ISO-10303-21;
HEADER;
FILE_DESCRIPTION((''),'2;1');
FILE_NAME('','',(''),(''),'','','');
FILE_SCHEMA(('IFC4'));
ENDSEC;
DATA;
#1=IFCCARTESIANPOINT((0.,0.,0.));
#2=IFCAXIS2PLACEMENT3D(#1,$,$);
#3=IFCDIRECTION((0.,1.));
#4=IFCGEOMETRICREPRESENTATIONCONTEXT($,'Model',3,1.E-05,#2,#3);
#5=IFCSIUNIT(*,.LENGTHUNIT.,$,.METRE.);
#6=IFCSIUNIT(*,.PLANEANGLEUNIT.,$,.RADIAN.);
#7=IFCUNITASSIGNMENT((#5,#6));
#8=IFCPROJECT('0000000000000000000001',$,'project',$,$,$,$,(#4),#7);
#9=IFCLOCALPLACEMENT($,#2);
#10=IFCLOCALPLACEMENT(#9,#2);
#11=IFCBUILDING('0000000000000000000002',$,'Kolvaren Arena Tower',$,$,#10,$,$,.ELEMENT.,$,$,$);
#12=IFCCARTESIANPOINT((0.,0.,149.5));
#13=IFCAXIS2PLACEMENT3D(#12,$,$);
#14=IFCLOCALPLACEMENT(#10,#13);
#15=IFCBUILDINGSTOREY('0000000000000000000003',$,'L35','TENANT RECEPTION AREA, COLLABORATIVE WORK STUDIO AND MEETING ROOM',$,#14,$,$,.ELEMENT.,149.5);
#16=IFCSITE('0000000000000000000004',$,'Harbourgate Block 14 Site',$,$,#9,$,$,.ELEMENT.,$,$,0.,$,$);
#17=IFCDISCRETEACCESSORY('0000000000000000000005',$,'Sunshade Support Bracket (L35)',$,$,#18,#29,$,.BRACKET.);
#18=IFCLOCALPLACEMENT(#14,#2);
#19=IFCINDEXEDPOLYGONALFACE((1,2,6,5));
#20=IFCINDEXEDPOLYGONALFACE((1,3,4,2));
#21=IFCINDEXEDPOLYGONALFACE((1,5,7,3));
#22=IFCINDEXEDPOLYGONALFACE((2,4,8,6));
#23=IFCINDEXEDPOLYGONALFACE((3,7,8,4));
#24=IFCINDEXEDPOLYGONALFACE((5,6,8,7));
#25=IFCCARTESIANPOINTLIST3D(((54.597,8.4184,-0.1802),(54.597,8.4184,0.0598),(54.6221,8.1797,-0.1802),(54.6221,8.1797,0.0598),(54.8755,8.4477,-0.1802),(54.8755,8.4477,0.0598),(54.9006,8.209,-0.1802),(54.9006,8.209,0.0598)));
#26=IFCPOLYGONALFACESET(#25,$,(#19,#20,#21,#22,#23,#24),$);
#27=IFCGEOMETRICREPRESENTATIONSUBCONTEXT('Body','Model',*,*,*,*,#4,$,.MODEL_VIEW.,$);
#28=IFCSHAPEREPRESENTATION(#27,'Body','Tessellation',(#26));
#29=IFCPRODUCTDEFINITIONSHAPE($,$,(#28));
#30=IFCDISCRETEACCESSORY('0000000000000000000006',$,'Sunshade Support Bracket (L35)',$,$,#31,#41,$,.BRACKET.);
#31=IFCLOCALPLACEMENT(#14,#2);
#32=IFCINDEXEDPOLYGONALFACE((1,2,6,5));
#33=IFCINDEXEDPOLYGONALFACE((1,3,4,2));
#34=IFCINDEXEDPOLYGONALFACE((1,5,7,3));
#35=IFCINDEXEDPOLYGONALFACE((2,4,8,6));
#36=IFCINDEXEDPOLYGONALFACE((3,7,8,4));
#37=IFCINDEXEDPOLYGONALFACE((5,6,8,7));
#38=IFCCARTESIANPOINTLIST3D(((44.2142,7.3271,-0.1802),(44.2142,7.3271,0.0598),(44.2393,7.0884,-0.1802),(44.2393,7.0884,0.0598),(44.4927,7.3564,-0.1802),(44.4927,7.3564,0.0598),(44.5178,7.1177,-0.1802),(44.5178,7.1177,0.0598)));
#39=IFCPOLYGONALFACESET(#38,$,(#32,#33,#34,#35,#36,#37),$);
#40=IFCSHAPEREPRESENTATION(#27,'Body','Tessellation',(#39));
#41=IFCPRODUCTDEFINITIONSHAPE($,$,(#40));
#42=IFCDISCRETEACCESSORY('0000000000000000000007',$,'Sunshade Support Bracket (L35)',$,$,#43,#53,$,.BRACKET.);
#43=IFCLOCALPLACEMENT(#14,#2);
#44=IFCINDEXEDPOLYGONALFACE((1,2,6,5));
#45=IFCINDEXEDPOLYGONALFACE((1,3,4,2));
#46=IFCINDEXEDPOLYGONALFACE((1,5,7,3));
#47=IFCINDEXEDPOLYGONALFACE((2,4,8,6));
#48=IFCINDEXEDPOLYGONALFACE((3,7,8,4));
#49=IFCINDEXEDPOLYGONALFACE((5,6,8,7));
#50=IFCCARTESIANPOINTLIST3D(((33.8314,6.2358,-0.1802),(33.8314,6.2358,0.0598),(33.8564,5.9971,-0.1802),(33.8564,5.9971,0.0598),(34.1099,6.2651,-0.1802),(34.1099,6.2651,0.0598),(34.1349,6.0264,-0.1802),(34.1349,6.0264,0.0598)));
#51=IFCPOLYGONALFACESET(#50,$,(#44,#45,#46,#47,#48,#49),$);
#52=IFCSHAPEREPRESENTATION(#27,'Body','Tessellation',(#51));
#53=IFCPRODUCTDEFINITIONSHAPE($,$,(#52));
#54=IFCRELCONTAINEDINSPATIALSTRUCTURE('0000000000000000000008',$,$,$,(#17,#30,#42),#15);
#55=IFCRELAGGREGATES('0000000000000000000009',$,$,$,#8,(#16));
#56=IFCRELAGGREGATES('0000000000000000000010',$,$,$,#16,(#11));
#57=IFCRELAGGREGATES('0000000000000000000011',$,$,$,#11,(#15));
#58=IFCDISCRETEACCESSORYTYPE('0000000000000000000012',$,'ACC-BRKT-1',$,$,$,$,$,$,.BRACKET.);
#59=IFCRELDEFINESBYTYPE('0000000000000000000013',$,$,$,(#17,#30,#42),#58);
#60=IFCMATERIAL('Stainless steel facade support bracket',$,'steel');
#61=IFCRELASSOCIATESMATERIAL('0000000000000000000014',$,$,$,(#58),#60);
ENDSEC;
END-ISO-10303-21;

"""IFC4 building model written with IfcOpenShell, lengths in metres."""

from ifc_helpers import new_model, si_unit, direction, frame, origin, origin_2d, place, context, subcontext, project, spatial, rectangle, extrude, material, type_object, element, save


model = new_model("IFC4")

# Units and contexts
model_context = context("Model", 3, precision=1e-05, world=origin(), true_north=direction((0.0, 1.0)))
body_context = subcontext(model_context, "Body", "Model", "MODEL_VIEW")
ifc_project = project(units=[si_unit("LENGTHUNIT", "METRE"), si_unit("PLANEANGLEUNIT", "RADIAN")], contexts=[model_context])

# Site, building, storey
site_placement = place(None, origin())
site = spatial("IfcSite", under=ifc_project, at=site_placement, Name="Harbourgate Block 14 Site", CompositionType="ELEMENT", RefElevation=0.0)
building_placement = place(site_placement, origin())
building = spatial("IfcBuilding", under=site, at=building_placement, Name="Kolvaren Arena Tower", CompositionType="ELEMENT")
storey_placement = place(building_placement, frame((0.0, 0.0, 149.5)))
storey = spatial("IfcBuildingStorey", under=building, at=storey_placement, Name="L35", Description="TENANT RECEPTION AREA, COLLABORATIVE WORK STUDIO AND MEETING ROOM", CompositionType="ELEMENT", Elevation=149.5)

# Discrete accessories
ifc_material_1 = material(Name="Stainless steel facade support bracket", Category="steel")
discrete_accessory_type = type_object("IfcDiscreteAccessoryType", Name="ACC-BRKT-1", PredefinedType="BRACKET", material=ifc_material_1)
for number, where, z_axis, x_axis, name in (
    (1, (54.7488, 8.3137, -0.1802), (0.0, 0.0, 1.0), (-0.994522, -0.104527, 0.0), "Sunshade Support Bracket (L35)"),
    (2, (44.366, 7.2224, -0.1802), (0.0, 0.0, 1.0), (-0.994522, -0.104527, 0.0), "Sunshade Support Bracket (L35)"),
    (3, (33.9832, 6.1311, -0.1802), (0.0, 0.0, 1.0), (-0.994522, -0.104527, 0.0), "Sunshade Support Bracket (L35)"),
):
    element("IfcDiscreteAccessory", number, at=place(storey_placement, frame(where, z_axis=z_axis, x_axis=x_axis)), inside=storey, type_object=discrete_accessory_type, Name=name, PredefinedType="BRACKET", context=body_context, shape_type="SweptSolid", body=[
        extrude(rectangle(XDim=0.28, YDim=0.24, at=origin_2d()), origin(), (0.0, 0.0, 1.0), 0.24),
    ])

save(model, "model.ifc")
